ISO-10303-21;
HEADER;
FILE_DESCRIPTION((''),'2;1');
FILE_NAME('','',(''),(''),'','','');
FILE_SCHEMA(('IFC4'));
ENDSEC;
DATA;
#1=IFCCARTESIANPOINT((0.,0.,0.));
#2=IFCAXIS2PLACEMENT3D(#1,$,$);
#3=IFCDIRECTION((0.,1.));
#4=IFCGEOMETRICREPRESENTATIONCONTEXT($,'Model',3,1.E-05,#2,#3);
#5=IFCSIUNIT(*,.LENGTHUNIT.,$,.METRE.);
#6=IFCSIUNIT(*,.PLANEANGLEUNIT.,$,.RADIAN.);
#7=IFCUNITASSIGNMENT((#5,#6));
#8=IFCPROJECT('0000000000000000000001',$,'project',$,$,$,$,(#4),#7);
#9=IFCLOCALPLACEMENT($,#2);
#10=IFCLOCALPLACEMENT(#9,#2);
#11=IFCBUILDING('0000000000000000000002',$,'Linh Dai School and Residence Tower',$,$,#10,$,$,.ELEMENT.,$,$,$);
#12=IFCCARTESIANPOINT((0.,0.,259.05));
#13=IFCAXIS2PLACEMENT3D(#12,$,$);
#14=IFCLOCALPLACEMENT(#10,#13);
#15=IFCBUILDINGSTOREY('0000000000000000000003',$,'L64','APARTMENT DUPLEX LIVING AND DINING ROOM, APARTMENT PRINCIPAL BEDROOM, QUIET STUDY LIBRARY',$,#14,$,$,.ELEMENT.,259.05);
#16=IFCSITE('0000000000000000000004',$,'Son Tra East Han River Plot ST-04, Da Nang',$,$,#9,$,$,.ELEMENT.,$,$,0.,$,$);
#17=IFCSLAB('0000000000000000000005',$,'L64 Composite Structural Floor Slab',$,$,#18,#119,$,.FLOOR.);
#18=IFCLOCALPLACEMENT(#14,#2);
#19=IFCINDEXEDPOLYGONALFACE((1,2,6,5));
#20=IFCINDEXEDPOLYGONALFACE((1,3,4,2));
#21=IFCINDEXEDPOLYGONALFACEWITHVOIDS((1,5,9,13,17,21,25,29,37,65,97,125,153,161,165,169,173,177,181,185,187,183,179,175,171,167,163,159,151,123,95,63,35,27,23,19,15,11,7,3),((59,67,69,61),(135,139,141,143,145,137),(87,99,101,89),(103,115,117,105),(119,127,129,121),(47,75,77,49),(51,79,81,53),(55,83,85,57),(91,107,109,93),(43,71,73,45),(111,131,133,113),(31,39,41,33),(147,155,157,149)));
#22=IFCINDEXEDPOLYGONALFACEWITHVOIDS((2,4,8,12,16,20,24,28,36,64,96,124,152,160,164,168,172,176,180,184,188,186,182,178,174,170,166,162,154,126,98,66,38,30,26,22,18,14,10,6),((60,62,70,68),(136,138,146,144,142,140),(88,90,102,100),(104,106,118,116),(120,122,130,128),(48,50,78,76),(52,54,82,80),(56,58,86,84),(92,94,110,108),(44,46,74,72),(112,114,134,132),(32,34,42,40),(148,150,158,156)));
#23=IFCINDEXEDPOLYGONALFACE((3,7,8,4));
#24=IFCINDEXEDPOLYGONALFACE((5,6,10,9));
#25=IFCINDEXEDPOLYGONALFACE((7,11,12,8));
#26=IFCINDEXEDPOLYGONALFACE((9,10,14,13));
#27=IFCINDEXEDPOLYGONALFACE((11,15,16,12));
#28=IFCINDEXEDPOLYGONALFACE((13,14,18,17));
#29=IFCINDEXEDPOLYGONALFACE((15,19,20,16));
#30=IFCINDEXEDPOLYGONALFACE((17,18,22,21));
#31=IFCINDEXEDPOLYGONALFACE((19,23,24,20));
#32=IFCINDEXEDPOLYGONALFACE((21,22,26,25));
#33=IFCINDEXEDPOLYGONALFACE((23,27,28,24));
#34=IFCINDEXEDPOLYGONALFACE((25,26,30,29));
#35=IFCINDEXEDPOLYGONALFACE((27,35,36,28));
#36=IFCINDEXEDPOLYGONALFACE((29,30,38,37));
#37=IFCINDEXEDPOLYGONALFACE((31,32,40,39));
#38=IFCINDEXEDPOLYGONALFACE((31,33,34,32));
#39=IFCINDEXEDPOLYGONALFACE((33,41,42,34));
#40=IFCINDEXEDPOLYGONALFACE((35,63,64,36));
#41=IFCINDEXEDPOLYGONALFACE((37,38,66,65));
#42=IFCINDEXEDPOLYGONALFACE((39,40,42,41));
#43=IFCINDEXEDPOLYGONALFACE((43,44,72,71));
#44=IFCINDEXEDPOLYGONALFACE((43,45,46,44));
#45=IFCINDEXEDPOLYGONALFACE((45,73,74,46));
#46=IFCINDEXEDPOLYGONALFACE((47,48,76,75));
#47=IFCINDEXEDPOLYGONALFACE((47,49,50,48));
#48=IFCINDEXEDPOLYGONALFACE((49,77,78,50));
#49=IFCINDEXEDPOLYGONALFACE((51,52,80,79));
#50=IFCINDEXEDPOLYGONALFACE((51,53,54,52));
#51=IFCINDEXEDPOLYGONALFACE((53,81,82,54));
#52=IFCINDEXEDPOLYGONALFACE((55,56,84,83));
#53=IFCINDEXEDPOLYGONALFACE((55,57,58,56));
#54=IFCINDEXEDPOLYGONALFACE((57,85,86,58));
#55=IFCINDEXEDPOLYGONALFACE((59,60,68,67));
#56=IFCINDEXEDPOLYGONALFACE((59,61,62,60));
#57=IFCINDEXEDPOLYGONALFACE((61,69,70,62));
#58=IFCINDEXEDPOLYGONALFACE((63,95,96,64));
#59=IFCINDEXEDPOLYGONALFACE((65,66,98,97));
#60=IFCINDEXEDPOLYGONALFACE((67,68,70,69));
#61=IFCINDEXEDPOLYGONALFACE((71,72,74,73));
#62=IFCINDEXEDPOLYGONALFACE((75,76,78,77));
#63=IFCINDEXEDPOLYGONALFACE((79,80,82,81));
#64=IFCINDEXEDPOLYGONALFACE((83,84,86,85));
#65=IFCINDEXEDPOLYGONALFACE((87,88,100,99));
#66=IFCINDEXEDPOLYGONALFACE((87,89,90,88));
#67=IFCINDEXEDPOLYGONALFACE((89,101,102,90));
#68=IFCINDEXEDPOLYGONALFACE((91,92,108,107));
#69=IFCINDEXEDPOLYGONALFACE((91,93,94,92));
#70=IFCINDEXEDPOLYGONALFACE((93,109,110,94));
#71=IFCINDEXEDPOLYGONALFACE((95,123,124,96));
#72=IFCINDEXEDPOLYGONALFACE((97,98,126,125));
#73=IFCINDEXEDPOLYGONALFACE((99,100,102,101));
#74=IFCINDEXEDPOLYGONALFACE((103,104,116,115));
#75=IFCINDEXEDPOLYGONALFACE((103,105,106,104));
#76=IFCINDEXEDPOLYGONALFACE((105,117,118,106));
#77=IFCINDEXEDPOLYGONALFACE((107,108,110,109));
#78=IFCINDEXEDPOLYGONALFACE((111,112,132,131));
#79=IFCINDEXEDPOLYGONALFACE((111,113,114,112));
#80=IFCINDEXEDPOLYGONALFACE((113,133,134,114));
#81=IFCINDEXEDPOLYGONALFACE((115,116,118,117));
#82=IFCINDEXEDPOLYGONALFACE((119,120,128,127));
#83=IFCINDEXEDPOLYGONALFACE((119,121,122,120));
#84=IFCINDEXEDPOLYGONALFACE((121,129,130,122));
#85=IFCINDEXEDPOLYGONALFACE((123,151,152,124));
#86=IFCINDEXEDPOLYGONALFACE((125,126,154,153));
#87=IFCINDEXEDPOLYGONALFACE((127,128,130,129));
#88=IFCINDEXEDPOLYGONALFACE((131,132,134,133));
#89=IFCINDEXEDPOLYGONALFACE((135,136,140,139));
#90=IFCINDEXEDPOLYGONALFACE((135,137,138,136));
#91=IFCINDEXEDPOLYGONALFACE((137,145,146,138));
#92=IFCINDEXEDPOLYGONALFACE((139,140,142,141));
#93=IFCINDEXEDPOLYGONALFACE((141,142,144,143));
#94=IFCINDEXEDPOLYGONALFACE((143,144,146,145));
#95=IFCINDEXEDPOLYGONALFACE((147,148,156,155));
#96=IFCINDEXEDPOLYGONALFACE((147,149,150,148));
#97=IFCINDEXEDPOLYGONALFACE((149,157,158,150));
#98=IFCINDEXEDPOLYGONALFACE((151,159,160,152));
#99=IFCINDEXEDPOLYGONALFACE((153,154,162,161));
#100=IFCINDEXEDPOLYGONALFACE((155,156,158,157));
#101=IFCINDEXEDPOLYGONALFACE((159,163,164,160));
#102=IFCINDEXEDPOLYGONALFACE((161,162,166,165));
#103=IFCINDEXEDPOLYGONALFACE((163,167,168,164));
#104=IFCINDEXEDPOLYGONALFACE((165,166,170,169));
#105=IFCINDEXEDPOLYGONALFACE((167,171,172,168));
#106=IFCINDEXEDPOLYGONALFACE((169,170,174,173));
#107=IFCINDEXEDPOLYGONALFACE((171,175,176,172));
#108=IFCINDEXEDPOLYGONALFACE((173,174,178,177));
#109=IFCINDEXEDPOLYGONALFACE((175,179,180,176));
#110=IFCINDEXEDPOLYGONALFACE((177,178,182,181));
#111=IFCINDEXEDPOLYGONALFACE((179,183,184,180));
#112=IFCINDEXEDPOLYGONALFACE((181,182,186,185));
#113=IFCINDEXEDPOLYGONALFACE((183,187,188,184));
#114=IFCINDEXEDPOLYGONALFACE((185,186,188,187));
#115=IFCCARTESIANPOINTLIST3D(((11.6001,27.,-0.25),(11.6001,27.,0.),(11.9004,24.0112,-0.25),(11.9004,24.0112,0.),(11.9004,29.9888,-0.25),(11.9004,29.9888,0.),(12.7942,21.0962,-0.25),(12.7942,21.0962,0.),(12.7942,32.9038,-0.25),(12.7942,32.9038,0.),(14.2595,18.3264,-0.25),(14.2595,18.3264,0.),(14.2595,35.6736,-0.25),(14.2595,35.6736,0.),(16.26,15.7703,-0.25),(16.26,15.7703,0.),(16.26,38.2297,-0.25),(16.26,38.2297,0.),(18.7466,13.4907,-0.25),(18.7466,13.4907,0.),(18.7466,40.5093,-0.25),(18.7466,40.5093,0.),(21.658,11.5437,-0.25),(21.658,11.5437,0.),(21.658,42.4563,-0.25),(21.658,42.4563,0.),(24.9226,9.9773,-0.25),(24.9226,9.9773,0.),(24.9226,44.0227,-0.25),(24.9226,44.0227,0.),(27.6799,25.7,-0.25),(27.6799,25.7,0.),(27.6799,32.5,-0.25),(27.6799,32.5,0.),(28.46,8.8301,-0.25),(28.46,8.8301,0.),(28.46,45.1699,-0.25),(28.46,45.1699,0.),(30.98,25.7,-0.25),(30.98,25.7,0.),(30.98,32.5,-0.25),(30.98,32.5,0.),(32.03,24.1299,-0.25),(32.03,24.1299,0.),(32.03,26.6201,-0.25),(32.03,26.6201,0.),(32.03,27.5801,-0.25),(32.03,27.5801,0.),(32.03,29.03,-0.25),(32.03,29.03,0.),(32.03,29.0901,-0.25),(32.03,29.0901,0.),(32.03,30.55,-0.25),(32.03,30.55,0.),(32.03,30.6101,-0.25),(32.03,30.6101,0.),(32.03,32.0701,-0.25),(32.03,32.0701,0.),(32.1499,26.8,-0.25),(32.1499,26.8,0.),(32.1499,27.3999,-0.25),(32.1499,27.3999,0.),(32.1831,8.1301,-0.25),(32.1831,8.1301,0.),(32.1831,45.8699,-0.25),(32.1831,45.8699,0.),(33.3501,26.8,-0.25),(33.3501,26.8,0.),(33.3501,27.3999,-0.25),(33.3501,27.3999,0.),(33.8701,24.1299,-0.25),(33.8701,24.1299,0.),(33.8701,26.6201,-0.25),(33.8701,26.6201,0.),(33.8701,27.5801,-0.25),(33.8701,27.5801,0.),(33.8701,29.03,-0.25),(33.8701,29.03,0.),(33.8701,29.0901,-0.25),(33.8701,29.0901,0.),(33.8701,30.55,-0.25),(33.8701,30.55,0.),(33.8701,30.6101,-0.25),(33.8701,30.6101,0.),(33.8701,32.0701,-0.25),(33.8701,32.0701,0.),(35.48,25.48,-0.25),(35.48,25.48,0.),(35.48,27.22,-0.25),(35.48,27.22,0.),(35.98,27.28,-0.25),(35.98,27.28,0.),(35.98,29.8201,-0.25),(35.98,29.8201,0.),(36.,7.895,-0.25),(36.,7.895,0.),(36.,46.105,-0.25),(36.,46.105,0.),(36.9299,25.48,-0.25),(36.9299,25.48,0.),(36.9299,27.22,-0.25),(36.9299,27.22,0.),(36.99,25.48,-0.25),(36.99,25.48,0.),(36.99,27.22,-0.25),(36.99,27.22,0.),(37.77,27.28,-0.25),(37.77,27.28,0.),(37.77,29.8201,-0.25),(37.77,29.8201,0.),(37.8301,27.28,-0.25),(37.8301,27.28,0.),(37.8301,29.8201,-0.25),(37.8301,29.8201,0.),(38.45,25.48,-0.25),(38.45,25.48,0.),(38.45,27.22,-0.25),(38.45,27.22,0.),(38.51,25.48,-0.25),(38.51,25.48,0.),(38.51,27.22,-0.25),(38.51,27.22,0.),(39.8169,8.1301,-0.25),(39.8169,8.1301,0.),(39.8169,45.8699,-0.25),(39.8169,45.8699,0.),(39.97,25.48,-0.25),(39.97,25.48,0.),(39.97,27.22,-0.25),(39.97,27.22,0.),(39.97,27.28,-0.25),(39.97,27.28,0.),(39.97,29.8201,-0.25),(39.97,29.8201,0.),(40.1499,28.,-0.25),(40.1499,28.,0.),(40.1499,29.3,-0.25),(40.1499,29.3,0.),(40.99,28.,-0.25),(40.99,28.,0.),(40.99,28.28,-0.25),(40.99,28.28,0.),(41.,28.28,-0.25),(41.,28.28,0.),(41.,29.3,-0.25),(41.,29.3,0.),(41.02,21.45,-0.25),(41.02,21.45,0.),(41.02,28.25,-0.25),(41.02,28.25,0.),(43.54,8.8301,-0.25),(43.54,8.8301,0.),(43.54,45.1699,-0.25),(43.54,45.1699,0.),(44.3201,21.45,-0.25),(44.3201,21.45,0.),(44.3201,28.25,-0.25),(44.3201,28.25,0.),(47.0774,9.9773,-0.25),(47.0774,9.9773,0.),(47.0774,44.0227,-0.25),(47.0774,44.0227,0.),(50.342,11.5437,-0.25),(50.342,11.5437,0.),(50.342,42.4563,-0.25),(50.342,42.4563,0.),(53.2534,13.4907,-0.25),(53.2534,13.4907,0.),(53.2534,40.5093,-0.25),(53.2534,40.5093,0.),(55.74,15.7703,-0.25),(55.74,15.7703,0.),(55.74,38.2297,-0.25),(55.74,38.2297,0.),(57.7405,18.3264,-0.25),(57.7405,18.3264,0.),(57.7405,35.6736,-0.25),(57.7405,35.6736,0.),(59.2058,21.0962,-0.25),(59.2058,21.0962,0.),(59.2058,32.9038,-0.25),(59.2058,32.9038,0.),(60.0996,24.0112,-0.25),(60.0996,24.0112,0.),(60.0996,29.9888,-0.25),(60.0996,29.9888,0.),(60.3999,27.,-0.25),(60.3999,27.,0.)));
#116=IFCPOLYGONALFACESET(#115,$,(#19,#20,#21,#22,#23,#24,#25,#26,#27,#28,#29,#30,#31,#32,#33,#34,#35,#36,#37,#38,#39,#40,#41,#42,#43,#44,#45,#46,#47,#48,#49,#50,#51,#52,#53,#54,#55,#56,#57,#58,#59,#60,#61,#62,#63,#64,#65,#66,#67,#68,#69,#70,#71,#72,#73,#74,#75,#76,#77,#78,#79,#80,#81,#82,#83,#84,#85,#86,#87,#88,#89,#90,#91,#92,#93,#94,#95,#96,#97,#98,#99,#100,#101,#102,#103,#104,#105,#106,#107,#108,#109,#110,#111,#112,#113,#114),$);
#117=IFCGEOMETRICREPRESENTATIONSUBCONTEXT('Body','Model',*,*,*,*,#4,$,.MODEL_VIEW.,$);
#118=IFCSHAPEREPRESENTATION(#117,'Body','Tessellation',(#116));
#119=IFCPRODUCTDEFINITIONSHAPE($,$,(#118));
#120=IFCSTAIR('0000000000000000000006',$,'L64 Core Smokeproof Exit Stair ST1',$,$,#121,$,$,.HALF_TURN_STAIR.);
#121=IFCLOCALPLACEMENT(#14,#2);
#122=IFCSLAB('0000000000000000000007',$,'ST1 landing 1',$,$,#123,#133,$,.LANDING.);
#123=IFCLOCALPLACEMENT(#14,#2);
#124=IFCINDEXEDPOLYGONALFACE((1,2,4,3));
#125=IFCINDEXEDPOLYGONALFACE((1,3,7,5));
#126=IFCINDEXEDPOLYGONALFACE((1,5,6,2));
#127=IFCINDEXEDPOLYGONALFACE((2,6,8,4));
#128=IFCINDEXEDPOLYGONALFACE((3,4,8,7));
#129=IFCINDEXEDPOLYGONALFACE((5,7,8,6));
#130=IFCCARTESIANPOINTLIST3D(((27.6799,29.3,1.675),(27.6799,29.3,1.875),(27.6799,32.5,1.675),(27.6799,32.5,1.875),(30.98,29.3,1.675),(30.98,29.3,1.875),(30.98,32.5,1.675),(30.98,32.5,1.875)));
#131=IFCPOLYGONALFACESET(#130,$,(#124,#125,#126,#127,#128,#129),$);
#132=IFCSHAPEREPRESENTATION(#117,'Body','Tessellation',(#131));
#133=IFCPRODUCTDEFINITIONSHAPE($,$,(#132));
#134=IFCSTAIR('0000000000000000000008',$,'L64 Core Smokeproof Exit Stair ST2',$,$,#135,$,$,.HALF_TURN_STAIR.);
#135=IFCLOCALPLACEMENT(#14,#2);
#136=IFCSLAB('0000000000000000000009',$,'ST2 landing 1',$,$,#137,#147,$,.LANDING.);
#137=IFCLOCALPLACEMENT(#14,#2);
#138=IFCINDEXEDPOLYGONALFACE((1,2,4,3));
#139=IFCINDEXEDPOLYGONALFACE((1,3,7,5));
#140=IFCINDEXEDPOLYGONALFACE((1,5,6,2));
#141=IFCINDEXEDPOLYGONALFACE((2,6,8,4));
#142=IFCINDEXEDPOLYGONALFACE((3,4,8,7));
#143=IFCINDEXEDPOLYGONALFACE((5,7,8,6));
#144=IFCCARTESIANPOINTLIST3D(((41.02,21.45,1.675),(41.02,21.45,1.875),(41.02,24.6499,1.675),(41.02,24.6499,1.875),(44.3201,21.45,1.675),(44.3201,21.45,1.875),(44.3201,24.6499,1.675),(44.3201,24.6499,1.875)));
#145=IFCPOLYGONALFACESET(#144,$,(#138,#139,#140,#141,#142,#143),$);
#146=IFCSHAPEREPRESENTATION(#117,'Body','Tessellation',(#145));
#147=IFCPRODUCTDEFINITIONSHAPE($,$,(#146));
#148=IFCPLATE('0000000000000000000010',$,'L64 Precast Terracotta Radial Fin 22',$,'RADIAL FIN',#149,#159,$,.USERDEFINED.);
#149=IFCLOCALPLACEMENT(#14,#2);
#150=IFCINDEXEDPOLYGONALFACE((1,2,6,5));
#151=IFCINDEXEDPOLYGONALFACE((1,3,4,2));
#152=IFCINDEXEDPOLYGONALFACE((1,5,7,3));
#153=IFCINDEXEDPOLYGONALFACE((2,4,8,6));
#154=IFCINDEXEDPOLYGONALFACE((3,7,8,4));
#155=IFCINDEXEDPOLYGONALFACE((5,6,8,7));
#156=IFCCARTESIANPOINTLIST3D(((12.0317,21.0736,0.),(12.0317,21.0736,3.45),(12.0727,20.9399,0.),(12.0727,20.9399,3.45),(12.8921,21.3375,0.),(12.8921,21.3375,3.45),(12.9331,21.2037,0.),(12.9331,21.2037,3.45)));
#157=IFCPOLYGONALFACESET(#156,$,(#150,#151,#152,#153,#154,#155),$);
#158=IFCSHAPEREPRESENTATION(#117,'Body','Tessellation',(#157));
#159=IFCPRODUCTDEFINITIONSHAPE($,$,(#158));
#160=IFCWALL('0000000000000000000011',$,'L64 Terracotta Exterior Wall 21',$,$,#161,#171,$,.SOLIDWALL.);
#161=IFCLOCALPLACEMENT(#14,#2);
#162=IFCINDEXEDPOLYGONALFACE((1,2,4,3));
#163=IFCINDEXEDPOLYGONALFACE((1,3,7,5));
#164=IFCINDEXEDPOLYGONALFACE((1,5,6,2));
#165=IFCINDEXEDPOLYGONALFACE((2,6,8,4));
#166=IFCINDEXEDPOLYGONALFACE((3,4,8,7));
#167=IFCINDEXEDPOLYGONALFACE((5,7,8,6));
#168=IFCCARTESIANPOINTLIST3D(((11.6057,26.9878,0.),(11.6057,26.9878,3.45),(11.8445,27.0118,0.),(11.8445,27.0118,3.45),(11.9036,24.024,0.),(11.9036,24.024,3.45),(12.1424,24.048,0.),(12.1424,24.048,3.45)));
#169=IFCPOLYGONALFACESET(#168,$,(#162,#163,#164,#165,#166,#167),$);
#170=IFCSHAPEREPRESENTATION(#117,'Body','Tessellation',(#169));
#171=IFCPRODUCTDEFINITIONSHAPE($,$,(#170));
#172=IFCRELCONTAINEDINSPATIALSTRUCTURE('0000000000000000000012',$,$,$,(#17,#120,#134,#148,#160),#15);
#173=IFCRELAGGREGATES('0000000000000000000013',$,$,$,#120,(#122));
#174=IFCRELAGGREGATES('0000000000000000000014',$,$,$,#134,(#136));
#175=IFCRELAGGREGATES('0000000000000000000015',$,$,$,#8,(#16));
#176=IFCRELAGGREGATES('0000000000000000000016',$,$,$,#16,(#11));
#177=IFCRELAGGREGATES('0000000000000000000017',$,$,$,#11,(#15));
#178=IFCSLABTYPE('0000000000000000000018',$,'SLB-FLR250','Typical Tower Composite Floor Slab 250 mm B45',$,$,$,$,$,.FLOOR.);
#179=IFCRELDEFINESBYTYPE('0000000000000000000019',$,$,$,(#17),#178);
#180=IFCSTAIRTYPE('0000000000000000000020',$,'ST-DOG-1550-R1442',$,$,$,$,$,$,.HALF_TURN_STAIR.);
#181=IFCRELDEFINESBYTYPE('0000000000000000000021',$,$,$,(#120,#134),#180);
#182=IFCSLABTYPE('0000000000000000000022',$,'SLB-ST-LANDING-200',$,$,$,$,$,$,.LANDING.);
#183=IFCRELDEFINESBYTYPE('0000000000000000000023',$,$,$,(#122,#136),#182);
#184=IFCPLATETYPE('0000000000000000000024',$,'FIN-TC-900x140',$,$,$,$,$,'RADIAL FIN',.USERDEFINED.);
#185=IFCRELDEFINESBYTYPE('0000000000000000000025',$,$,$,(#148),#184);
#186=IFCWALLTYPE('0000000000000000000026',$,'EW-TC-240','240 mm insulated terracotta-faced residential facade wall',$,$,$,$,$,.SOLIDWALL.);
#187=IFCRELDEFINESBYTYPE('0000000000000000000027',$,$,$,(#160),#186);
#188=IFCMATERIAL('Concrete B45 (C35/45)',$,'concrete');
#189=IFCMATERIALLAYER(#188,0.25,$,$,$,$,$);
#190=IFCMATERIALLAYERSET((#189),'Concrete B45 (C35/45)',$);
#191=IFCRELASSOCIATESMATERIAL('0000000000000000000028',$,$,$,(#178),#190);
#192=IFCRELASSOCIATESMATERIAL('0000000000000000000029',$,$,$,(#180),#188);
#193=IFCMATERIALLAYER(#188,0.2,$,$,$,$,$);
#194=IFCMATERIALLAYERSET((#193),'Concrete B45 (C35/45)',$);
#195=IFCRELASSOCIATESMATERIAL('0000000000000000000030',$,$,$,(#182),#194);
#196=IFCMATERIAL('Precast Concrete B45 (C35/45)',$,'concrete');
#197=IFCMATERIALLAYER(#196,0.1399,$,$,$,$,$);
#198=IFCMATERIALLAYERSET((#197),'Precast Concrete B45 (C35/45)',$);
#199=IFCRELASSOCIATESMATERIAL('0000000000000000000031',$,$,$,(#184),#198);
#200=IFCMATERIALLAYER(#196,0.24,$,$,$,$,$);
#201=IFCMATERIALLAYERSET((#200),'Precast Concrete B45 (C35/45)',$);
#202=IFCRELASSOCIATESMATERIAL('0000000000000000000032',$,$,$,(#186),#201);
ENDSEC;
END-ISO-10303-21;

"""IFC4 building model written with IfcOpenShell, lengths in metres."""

from ifc_helpers import new_model, si_unit, direction, frame, frame_2d, origin, origin_2d, place, context, subcontext, project, spatial, polyline, rectangle, outline, extrude, source, transform, mapped, material, layer, layer_set, type_object, element, aggregate, save


model = new_model("IFC4")

# Units and contexts
model_context = context("Model", 3, precision=1e-05, world=origin(), true_north=direction((0.0, 1.0)))
body_context = subcontext(model_context, "Body", "Model", "MODEL_VIEW")
ifc_project = project(units=[si_unit("LENGTHUNIT", "METRE"), si_unit("PLANEANGLEUNIT", "RADIAN")], contexts=[model_context])

# Site, building, storey
site_placement = place(None, origin())
site = spatial("IfcSite", under=ifc_project, at=site_placement, Name="Son Tra East Han River Plot ST-04, Da Nang", CompositionType="ELEMENT", RefElevation=0.0)
building_placement = place(site_placement, origin())
building = spatial("IfcBuilding", under=site, at=building_placement, Name="Linh Dai School and Residence Tower", CompositionType="ELEMENT")
storey_placement = place(building_placement, frame((0.0, 0.0, 259.05)))
storey = spatial("IfcBuildingStorey", under=building, at=storey_placement, Name="L64", Description="APARTMENT DUPLEX LIVING AND DINING ROOM, APARTMENT PRINCIPAL BEDROOM, QUIET STUDY LIBRARY", CompositionType="ELEMENT", Elevation=259.05)

# Slab
ifc_material_1 = material(Name="Concrete B45 (C35/45)", Category="concrete")
ifc_layer_1 = layer(ifc_material_1, 0.25)
ifc_layer_set_1 = layer_set([ifc_layer_1], Name="Concrete B45 (C35/45)")
slab_type_1 = type_object("IfcSlabType", Name="SLB-FLR250", Description="Typical Tower Composite Floor Slab 250 mm B45", PredefinedType="FLOOR", material=ifc_layer_set_1)
slab_1_placement = place(storey_placement, frame((0.0, 0.0, -0.25)))
element("IfcSlab", 1, at=slab_1_placement, inside=storey, type_object=slab_type_1, Name="L64 Composite Structural Floor Slab", PredefinedType="FLOOR", context=body_context, shape_type="SweptSolid", body=[
    extrude(outline(polyline([(60.3999, 27.0), (60.0996, 29.9888), (59.2058, 32.9038), (57.7405, 35.6736), (55.74, 38.2297), (53.2534, 40.5093), (50.342, 42.4563), (47.0774, 44.0227), (43.54, 45.1699), (39.8169, 45.8699), (36.0, 46.105), (32.1831, 45.8699), (28.46, 45.1699), (24.9226, 44.0227), (21.658, 42.4563), (18.7466, 40.5093), (16.26, 38.2297), (14.2595, 35.6736), (12.7942, 32.9038), (11.9004, 29.9888), (11.6001, 27.0), (11.9004, 24.0112), (12.7942, 21.0962), (14.2595, 18.3264), (16.26, 15.7703), (18.7466, 13.4907), (21.658, 11.5437), (24.9226, 9.9773), (28.46, 8.8301), (32.1831, 8.1301), (36.0, 7.895), (39.8169, 8.1301), (43.54, 8.8301), (47.0774, 9.9773), (50.342, 11.5437), (53.2534, 13.4907), (55.74, 15.7703), (57.7405, 18.3264), (59.2058, 21.0962), (60.0996, 24.0112), (60.3999, 27.0)]), holes=[polyline([(30.98, 25.7), (30.98, 32.5), (27.6799, 32.5), (27.6799, 25.7), (30.98, 25.7)]), polyline([(41.02, 28.25), (41.02, 21.45), (44.3201, 21.45), (44.3201, 28.25), (41.02, 28.25)]), polyline([(35.98, 27.28), (37.77, 27.28), (37.77, 29.8201), (35.98, 29.8201), (35.98, 27.28)]), polyline([(32.03, 24.1299), (33.8701, 24.1299), (33.8701, 26.6201), (32.03, 26.6201), (32.03, 24.1299)]), polyline([(37.8301, 27.28), (39.97, 27.28), (39.97, 29.8201), (37.8301, 29.8201), (37.8301, 27.28)]), polyline([(32.03, 27.5801), (33.8701, 27.5801), (33.8701, 29.03), (32.03, 29.03), (32.03, 27.5801)]), polyline([(32.03, 29.0901), (33.8701, 29.0901), (33.8701, 30.55), (32.03, 30.55), (32.03, 29.0901)]), polyline([(32.03, 30.6101), (33.8701, 30.6101), (33.8701, 32.0701), (32.03, 32.0701), (32.03, 30.6101)]), polyline([(35.48, 25.48), (36.9299, 25.48), (36.9299, 27.22), (35.48, 27.22), (35.48, 25.48)]), polyline([(36.99, 25.48), (38.45, 25.48), (38.45, 27.22), (36.99, 27.22), (36.99, 25.48)]), polyline([(38.51, 25.48), (39.97, 25.48), (39.97, 27.22), (38.51, 27.22), (38.51, 25.48)]), polyline([(40.1499, 28.0), (40.1499, 29.3), (41.0, 29.3), (41.0, 28.28), (40.99, 28.28), (40.99, 28.0), (40.1499, 28.0)]), polyline([(32.1499, 26.8), (33.3501, 26.8), (33.3501, 27.3999), (32.1499, 27.3999), (32.1499, 26.8)])]), origin(), (0.0, 0.0, 1.0), 0.25),
])

# Stairs, slabs
stair_type = type_object("IfcStairType", Name="ST-DOG-1550-R1442", PredefinedType="HALF_TURN_STAIR", material=ifc_material_1)
stair_1_placement = place(storey_placement, origin())
stair_1 = element("IfcStair", 2, at=stair_1_placement, inside=storey, type_object=stair_type, Name="L64 Core Smokeproof Exit Stair ST1", PredefinedType="HALF_TURN_STAIR")
ifc_layer_2 = layer(ifc_material_1, 0.2)
ifc_layer_set_2 = layer_set([ifc_layer_2], Name="Concrete B45 (C35/45)")
slab_type_2 = type_object("IfcSlabType", Name="SLB-ST-LANDING-200", PredefinedType="LANDING", material=ifc_layer_set_2)
slab_2_placement = place(storey_placement, frame((0.0, 0.0, 1.675)))
slab_2 = element("IfcSlab", 3, at=slab_2_placement, type_object=slab_type_2, Name="ST1 landing 1", PredefinedType="LANDING", context=body_context, shape_type="SweptSolid", body=[
    extrude(outline(polyline([(30.98, 29.3), (30.98, 32.5), (27.6799, 32.5), (27.6799, 29.3), (30.98, 29.3)])), origin(), (0.0, 0.0, 1.0), 0.2),
])
aggregate(stair_1, [slab_2])
stair_2_placement = place(storey_placement, origin())
stair_2 = element("IfcStair", 4, at=stair_2_placement, inside=storey, type_object=stair_type, Name="L64 Core Smokeproof Exit Stair ST2", PredefinedType="HALF_TURN_STAIR")
slab_3_placement = place(storey_placement, frame((0.0, 0.0, 1.675)))
slab_3 = element("IfcSlab", 5, at=slab_3_placement, type_object=slab_type_2, Name="ST2 landing 1", PredefinedType="LANDING", context=body_context, shape_type="SweptSolid", body=[
    extrude(outline(polyline([(41.02, 24.6499), (41.02, 21.45), (44.3201, 21.45), (44.3201, 24.6499), (41.02, 24.6499)])), origin(), (0.0, 0.0, 1.0), 0.2),
])
aggregate(stair_2, [slab_3])

# Plate
ifc_material_2 = material(Name="Precast Concrete B45 (C35/45)", Category="concrete")
ifc_layer_3 = layer(ifc_material_2, 0.1399)
ifc_layer_set_3 = layer_set([ifc_layer_3], Name="Precast Concrete B45 (C35/45)")
plate_type = type_object("IfcPlateType", Name="FIN-TC-900x140", ElementType="RADIAL FIN", PredefinedType="USERDEFINED", material=ifc_layer_set_3)
shared_shape_1 = source(origin(), body_context, "Body", "SweptSolid", [
    extrude(rectangle(XDim=0.8999, YDim=0.1399, at=origin_2d()), origin(), (0.0, 0.0, 1.0), 3.45),
])
plate_placement = place(storey_placement, frame((12.4824, 21.1387, 0.0), z_axis=(0.0, 0.0, 1.0), x_axis=(-0.956064, -0.293157, 0.0)))
element("IfcPlate", 6, at=plate_placement, inside=storey, type_object=plate_type, Name="L64 Precast Terracotta Radial Fin 22", ObjectType="RADIAL FIN", PredefinedType="USERDEFINED", context=body_context, shape_type="MappedRepresentation", body=[
    mapped(shared_shape_1, transform((0.0, 0.0, 0.0), x_axis=(1.0, 0.0, 0.0), y_axis=(0.0, 1.0, 0.0), z_axis=(0.0, 0.0, 1.0), scale=1.0)),
])

# Wall
ifc_layer_4 = layer(ifc_material_2, 0.24)
ifc_layer_set_4 = layer_set([ifc_layer_4], Name="Precast Concrete B45 (C35/45)")
wall_type_1 = type_object("IfcWallType", Name="EW-TC-240", Description="240 mm insulated terracotta-faced residential facade wall", PredefinedType="SOLIDWALL", material=ifc_layer_set_4)
wall_1_placement = place(storey_placement, frame((12.0229, 24.0361, 0.0), z_axis=(0.0, 0.0, 1.0), x_axis=(-0.099991, 0.994988, 0.0)))
element("IfcWall", 7, at=wall_1_placement, inside=storey, type_object=wall_type_1, Name="L64 Terracotta Exterior Wall 21", PredefinedType="SOLIDWALL", context=body_context, shape_type="SweptSolid", body=[
    extrude(rectangle(XDim=2.9788, YDim=0.24, at=frame_2d((1.4893, 0.0))), origin(), (0.0, 0.0, 1.0), 3.45),
])

save(model, "model.ifc")
